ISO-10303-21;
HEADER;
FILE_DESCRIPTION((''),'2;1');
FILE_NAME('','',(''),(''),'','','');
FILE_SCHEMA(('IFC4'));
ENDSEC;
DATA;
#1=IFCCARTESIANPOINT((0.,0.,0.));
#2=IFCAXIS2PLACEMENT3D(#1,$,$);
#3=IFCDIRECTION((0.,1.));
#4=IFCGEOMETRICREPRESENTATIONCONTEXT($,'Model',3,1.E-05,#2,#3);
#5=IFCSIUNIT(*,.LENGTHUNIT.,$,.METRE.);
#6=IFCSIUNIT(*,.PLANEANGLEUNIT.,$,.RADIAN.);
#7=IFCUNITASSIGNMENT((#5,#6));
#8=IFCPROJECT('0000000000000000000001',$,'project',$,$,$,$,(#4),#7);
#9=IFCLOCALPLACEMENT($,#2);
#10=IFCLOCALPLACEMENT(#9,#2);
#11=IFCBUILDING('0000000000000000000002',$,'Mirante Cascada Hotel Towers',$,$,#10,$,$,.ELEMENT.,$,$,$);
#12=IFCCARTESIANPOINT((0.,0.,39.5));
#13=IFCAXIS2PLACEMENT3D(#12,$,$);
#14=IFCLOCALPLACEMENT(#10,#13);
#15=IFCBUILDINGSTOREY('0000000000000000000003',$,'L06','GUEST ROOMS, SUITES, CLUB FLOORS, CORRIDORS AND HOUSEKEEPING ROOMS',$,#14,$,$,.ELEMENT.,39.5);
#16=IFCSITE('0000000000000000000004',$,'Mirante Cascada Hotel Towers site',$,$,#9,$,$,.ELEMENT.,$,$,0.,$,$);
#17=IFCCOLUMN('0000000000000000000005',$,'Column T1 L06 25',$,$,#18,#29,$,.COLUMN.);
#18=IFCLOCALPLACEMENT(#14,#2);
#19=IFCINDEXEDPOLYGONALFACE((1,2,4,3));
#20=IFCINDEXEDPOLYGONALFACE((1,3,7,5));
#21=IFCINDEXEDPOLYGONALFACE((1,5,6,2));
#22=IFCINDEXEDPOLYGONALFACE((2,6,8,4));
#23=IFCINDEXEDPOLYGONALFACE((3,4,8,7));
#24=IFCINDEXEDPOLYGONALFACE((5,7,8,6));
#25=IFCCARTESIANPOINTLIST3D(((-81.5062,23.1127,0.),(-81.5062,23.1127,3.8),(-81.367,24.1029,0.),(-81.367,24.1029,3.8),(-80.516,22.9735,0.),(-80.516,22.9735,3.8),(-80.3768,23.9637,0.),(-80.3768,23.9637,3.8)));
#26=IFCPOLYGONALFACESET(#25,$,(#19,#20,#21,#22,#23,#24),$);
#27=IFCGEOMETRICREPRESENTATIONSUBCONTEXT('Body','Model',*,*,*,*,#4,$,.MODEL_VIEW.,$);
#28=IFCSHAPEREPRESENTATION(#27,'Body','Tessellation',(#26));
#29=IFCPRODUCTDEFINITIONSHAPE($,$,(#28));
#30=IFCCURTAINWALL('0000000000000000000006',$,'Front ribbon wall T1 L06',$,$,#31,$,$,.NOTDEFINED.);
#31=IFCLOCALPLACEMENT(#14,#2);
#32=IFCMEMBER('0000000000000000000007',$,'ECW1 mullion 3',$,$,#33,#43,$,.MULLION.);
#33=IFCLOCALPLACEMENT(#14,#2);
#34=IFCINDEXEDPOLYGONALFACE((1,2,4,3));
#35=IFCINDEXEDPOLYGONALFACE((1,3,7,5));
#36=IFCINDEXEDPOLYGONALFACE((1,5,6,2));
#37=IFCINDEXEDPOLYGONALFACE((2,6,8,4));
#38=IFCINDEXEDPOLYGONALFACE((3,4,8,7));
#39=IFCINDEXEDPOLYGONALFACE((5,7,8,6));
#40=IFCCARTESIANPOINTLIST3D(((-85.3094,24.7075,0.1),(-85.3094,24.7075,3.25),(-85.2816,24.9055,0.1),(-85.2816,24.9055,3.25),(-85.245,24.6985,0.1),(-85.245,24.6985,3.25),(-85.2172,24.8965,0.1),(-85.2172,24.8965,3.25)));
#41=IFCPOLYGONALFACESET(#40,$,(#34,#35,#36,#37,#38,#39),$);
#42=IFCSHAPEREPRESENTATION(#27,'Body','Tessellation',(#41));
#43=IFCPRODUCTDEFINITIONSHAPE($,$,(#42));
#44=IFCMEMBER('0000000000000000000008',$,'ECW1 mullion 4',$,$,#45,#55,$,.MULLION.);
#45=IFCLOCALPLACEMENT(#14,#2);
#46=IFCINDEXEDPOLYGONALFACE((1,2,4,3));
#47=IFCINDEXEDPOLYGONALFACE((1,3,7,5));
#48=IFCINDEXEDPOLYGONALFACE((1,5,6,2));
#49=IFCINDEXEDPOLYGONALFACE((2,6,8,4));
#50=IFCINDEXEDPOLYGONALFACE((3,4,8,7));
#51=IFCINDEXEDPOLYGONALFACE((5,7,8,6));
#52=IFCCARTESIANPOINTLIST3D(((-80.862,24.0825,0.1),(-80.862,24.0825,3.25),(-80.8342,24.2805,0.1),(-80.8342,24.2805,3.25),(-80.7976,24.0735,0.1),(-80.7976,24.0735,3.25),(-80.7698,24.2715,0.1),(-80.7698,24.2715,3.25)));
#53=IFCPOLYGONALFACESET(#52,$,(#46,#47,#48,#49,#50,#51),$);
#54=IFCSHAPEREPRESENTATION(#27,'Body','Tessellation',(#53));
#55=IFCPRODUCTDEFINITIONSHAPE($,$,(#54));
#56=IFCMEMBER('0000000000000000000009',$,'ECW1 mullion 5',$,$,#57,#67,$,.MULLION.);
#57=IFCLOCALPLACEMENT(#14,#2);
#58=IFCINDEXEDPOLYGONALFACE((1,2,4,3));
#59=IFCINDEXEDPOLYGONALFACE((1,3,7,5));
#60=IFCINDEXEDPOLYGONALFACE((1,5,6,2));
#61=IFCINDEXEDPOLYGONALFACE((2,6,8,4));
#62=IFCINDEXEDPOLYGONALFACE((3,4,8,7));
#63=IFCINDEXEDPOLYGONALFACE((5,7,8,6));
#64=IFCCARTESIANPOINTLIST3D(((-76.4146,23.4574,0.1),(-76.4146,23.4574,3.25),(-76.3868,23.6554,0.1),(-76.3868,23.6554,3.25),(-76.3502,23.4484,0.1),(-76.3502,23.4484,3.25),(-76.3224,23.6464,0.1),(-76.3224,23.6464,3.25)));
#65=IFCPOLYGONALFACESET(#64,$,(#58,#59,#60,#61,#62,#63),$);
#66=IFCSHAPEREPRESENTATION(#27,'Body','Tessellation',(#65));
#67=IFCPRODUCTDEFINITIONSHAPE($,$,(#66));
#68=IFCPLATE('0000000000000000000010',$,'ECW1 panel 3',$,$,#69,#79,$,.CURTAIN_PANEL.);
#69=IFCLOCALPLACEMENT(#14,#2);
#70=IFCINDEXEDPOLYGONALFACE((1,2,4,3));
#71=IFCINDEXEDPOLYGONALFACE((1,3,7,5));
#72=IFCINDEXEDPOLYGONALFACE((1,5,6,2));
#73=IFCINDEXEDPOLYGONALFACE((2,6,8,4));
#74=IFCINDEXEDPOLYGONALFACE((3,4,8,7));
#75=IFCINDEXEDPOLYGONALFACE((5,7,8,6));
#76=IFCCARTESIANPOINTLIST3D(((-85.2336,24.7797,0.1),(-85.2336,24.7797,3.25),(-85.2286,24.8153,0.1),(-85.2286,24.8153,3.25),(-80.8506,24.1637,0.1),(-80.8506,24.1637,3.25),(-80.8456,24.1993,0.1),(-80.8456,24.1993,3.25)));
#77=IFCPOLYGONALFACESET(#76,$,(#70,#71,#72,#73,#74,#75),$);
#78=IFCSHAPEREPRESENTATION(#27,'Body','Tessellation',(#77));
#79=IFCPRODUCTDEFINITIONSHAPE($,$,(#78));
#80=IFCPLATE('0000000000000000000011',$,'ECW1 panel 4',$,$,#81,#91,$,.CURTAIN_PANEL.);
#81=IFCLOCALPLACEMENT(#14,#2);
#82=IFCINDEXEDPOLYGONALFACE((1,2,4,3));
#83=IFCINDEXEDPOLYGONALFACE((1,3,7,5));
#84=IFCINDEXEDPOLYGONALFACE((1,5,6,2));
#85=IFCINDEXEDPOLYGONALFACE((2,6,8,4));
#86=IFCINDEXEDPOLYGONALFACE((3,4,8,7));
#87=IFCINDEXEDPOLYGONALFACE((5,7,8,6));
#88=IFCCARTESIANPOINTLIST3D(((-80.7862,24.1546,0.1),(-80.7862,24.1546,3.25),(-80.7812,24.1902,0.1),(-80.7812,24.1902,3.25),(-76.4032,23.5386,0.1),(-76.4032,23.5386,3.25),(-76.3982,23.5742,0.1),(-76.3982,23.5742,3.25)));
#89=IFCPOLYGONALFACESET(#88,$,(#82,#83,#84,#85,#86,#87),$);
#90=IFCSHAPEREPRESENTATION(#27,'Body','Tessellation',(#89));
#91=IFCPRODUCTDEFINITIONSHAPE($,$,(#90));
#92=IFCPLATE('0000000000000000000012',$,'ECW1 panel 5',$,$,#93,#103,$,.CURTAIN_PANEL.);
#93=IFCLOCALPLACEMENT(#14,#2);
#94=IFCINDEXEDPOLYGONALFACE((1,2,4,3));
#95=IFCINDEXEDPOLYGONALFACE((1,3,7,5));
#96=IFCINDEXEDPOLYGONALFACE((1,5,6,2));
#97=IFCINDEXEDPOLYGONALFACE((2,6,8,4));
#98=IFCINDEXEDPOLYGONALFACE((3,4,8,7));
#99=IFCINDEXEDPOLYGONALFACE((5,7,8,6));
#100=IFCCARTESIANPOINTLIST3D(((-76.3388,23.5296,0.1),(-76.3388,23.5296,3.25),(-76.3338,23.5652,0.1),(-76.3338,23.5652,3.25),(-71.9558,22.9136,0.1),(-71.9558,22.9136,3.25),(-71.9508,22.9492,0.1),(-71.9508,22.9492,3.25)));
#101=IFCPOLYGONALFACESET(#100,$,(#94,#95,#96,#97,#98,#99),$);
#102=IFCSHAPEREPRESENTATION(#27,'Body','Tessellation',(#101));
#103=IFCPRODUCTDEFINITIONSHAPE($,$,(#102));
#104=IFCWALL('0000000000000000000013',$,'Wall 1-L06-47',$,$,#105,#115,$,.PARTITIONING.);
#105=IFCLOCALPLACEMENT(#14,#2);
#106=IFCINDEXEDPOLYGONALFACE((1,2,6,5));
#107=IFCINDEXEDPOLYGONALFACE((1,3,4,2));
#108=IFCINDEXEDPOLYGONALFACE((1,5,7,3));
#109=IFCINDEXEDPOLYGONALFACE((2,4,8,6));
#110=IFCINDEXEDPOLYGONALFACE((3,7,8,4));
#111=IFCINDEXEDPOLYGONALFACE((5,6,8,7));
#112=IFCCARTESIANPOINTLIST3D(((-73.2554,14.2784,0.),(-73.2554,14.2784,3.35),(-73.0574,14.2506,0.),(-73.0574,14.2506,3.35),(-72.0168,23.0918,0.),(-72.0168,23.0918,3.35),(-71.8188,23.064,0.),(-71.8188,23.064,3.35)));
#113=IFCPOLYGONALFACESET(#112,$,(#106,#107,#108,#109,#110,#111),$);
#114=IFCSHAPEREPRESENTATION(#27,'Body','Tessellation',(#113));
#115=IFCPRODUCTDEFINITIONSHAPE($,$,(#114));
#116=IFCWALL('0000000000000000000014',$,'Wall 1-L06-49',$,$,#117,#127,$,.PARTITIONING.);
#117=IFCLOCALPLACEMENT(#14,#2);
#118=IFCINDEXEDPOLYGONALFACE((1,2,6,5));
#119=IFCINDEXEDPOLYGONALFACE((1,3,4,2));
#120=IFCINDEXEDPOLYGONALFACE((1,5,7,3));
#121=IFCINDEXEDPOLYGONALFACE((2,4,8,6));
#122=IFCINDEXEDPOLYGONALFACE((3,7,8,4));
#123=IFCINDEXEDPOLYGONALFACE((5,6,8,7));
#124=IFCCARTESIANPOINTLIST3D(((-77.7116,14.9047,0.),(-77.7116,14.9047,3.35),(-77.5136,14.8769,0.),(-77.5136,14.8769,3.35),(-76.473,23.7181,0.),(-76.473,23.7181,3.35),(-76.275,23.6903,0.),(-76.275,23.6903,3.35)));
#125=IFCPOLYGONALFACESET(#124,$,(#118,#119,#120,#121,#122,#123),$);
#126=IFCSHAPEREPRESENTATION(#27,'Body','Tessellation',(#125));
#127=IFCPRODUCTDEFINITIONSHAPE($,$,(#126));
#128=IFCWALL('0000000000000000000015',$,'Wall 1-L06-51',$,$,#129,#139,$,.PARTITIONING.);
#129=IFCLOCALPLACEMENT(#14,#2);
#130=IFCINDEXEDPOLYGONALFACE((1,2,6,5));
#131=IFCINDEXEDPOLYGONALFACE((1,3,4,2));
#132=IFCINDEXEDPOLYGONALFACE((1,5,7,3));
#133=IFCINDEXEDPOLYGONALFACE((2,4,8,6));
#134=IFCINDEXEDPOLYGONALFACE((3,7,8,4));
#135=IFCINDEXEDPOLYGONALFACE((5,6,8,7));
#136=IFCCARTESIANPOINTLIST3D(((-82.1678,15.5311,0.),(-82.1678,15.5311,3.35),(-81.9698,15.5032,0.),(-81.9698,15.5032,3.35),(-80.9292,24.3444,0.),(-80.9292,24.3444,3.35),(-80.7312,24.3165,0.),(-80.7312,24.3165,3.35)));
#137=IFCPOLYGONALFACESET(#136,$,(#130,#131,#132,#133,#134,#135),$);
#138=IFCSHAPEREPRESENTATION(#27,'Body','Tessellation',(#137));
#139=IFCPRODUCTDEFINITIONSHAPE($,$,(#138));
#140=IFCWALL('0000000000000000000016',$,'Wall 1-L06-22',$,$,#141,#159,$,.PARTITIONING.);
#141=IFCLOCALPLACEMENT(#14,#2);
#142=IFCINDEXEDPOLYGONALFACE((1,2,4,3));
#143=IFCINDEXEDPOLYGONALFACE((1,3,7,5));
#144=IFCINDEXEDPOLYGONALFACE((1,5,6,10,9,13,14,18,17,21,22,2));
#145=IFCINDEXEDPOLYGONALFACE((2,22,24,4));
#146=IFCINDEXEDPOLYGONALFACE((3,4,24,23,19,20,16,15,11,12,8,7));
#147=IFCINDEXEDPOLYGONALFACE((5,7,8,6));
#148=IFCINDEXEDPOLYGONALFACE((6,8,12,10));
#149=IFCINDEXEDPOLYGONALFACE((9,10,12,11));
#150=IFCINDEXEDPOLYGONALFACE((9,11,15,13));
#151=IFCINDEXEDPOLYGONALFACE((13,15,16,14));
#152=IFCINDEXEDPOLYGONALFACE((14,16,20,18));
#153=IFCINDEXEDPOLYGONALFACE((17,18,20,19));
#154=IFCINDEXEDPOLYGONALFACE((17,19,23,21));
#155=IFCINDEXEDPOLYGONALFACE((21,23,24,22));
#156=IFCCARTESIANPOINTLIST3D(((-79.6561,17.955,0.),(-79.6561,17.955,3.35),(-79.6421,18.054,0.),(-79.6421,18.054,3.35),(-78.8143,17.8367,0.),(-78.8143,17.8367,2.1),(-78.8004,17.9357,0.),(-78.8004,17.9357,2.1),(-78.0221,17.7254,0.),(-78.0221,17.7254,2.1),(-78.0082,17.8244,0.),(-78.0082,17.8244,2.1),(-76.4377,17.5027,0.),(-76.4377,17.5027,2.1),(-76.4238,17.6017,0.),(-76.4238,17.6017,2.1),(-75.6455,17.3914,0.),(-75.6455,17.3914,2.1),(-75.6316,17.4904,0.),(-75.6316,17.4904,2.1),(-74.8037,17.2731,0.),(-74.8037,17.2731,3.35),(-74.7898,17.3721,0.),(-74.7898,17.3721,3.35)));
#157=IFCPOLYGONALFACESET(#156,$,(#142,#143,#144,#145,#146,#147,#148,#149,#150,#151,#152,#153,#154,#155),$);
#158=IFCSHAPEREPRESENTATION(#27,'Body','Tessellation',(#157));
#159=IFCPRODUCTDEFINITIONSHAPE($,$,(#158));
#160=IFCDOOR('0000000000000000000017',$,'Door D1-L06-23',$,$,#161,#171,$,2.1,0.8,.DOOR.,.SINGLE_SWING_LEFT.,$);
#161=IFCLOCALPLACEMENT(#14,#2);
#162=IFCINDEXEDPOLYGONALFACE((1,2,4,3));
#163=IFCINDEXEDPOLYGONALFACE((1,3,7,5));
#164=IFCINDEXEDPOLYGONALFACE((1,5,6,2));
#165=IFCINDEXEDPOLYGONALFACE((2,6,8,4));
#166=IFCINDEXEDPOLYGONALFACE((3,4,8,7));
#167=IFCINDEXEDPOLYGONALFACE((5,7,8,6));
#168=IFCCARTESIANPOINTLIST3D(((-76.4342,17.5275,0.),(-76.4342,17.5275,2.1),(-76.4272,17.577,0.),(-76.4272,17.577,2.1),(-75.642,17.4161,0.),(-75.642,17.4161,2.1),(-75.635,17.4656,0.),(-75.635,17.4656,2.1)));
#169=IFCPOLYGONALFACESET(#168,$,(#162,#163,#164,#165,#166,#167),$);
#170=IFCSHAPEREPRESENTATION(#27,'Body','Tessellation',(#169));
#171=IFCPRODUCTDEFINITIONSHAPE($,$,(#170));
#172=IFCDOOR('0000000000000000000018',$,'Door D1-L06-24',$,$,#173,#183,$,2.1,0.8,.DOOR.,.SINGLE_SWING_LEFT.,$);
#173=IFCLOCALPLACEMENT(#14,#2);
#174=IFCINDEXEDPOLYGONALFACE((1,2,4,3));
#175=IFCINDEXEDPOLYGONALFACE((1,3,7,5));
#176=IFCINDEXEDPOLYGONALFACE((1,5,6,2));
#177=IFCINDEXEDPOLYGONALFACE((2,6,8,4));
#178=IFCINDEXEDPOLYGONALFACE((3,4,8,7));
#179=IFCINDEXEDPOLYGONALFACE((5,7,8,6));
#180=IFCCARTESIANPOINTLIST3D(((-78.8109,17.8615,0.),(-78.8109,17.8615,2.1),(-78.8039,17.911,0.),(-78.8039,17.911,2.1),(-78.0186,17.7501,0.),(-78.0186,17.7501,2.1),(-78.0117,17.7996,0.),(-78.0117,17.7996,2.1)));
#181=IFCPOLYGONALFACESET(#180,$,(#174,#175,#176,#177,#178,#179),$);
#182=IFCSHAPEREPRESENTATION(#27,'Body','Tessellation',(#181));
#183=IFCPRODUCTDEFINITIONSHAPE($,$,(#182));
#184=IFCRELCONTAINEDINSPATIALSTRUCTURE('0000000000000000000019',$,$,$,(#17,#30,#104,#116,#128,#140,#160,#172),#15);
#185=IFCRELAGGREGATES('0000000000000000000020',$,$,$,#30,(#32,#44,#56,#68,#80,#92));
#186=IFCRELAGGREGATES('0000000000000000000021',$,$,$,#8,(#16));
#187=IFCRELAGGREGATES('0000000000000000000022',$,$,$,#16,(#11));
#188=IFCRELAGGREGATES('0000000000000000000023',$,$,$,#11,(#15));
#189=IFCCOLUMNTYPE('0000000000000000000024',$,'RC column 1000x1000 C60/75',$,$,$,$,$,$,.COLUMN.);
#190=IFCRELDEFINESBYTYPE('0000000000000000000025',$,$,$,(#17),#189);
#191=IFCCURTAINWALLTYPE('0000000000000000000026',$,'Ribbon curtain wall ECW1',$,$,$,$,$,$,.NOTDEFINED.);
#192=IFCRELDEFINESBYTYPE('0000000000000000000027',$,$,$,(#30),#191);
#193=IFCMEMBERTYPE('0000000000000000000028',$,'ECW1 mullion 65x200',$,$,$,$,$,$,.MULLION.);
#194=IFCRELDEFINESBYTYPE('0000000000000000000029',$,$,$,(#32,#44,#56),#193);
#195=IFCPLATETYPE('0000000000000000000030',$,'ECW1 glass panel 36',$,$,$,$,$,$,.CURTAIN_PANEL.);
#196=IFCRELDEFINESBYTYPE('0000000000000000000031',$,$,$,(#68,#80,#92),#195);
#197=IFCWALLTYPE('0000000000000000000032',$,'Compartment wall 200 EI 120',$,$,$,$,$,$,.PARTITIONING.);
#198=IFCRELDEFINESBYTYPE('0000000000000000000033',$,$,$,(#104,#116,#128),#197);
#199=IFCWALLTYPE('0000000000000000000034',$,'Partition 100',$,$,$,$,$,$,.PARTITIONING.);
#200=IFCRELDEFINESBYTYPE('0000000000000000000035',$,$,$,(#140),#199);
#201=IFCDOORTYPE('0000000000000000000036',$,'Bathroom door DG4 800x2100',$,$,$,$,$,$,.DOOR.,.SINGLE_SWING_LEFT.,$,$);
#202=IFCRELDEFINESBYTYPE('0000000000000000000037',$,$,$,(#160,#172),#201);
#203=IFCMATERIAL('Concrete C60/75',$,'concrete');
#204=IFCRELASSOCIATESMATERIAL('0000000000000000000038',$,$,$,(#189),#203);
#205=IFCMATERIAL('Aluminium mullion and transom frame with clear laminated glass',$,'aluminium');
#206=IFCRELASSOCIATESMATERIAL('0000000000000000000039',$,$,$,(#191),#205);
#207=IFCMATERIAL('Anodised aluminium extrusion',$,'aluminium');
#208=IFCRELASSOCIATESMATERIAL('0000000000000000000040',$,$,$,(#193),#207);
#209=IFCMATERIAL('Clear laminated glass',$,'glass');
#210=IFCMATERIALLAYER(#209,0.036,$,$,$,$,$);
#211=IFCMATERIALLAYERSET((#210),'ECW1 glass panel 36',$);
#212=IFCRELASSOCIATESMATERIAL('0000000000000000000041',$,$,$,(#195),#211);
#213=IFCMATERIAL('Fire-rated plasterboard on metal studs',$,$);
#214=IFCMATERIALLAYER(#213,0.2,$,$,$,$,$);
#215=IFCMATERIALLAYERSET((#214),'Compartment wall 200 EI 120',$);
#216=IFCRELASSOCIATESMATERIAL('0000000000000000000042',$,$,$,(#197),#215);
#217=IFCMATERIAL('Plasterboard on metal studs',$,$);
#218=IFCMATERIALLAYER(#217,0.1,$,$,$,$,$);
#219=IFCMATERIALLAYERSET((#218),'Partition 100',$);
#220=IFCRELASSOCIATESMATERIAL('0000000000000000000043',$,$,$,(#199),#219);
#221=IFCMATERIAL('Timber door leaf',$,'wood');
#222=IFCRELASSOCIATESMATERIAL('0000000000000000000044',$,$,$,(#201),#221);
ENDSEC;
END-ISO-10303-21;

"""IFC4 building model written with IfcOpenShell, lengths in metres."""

from ifc_helpers import new_model, si_unit, direction, frame, frame_2d, origin, origin_2d, place, context, subcontext, project, spatial, rectangle, extrude, material, layer, layer_set, material_profile, profile_set, type_object, element, fill, aggregate, save


model = new_model("IFC4")

# Units and contexts
model_context = context("Model", 3, precision=1e-05, world=origin(), true_north=direction((0.0, 1.0)))
body_context = subcontext(model_context, "Body", "Model", "MODEL_VIEW")
ifc_project = project(units=[si_unit("LENGTHUNIT", "METRE"), si_unit("PLANEANGLEUNIT", "RADIAN")], contexts=[model_context])

# Site, building, storey
site_placement = place(None, origin())
site = spatial("IfcSite", under=ifc_project, at=site_placement, Name="Mirante Cascada Hotel Towers site", CompositionType="ELEMENT", RefElevation=0.0)
building_placement = place(site_placement, origin())
building = spatial("IfcBuilding", under=site, at=building_placement, Name="Mirante Cascada Hotel Towers", CompositionType="ELEMENT")
storey_placement = place(building_placement, frame((0.0, 0.0, 39.5)))
storey = spatial("IfcBuildingStorey", under=building, at=storey_placement, Name="L06", Description="GUEST ROOMS, SUITES, CLUB FLOORS, CORRIDORS AND HOUSEKEEPING ROOMS", CompositionType="ELEMENT", Elevation=39.5)

# Column
ifc_material_1 = material(Name="Concrete C60/75", Category="concrete")
ifc_material_profile_1 = material_profile(ifc_material_1, rectangle(XDim=1.0, YDim=1.0, at=origin_2d()), Name="RC column 1000x1000 C60/75")
ifc_profile_set_1 = profile_set([ifc_material_profile_1], Name="Concrete C60/75")
column_type = type_object("IfcColumnType", Name="RC column 1000x1000 C60/75", PredefinedType="COLUMN", material=ifc_profile_set_1)
column_placement = place(storey_placement, frame((-80.9415, 23.5382, 0.0), z_axis=(0.0, 0.0, 1.0), x_axis=(-0.990268, 0.139173, 0.0)))
element("IfcColumn", 1, at=column_placement, inside=storey, type_object=column_type, Name="Column T1 L06 25", PredefinedType="COLUMN", context=body_context, shape_type="SweptSolid", body=[
    extrude(rectangle(XDim=1.0, YDim=1.0, at=origin_2d()), origin(), (0.0, 0.0, 1.0), 3.8),
])

# Curtain wall, members, plates
ifc_material_2 = material(Name="Aluminium mullion and transom frame with clear laminated glass", Category="aluminium")
curtain_wall_type = type_object("IfcCurtainWallType", Name="Ribbon curtain wall ECW1", PredefinedType="NOTDEFINED", material=ifc_material_2)
curtain_wall_placement = place(storey_placement, origin())
curtain_wall = element("IfcCurtainWall", 2, at=curtain_wall_placement, inside=storey, type_object=curtain_wall_type, Name="Front ribbon wall T1 L06", PredefinedType="NOTDEFINED")
ifc_material_3 = material(Name="Anodised aluminium extrusion", Category="aluminium")
ifc_material_profile_2 = material_profile(ifc_material_3, rectangle(XDim=0.2, YDim=0.065, at=origin_2d()), Name="ECW1 MULLION 65x200")
ifc_profile_set_2 = profile_set([ifc_material_profile_2], Name="Anodised aluminium extrusion")
member_type = type_object("IfcMemberType", Name="ECW1 mullion 65x200", PredefinedType="MULLION", material=ifc_profile_set_2)
member_1_placement = place(storey_placement, frame((-85.2633, 24.802, 0.1), z_axis=(0.0, 0.0, 1.0), x_axis=(0.139173, 0.990268, 0.0)))
member_1 = element("IfcMember", 3, at=member_1_placement, type_object=member_type, Name="ECW1 mullion 3", PredefinedType="MULLION", context=body_context, shape_type="SweptSolid", body=[
    extrude(rectangle(XDim=0.2, YDim=0.065, at=origin_2d()), origin(), (0.0, 0.0, 1.0), 3.15),
])
member_2_placement = place(storey_placement, frame((-80.8159, 24.177, 0.1), z_axis=(0.0, 0.0, 1.0), x_axis=(0.139173, 0.990268, 0.0)))
member_2 = element("IfcMember", 4, at=member_2_placement, type_object=member_type, Name="ECW1 mullion 4", PredefinedType="MULLION", context=body_context, shape_type="SweptSolid", body=[
    extrude(rectangle(XDim=0.2, YDim=0.065, at=origin_2d()), origin(), (0.0, 0.0, 1.0), 3.15),
])
member_3_placement = place(storey_placement, frame((-76.3685, 23.5519, 0.1), z_axis=(0.0, 0.0, 1.0), x_axis=(0.139173, 0.990268, 0.0)))
member_3 = element("IfcMember", 5, at=member_3_placement, type_object=member_type, Name="ECW1 mullion 5", PredefinedType="MULLION", context=body_context, shape_type="SweptSolid", body=[
    extrude(rectangle(XDim=0.2, YDim=0.065, at=origin_2d()), origin(), (0.0, 0.0, 1.0), 3.15),
])
ifc_material_4 = material(Name="Clear laminated glass", Category="glass")
ifc_layer_1 = layer(ifc_material_4, 0.036)
ifc_layer_set_1 = layer_set([ifc_layer_1], Name="ECW1 glass panel 36")
plate_type = type_object("IfcPlateType", Name="ECW1 glass panel 36", PredefinedType="CURTAIN_PANEL", material=ifc_layer_set_1)
plate_1_placement = place(storey_placement, frame((-83.0396, 24.4895, 0.1), z_axis=(0.0, 0.0, 1.0), x_axis=(0.990268, -0.139173, 0.0)))
plate_1 = element("IfcPlate", 6, at=plate_1_placement, type_object=plate_type, Name="ECW1 panel 3", PredefinedType="CURTAIN_PANEL", context=body_context, shape_type="SweptSolid", body=[
    extrude(rectangle(XDim=4.4261, YDim=0.036, at=origin_2d()), origin(), (0.0, 0.0, 1.0), 3.15),
])
plate_2_placement = place(storey_placement, frame((-78.5922, 23.8644, 0.1), z_axis=(0.0, 0.0, 1.0), x_axis=(0.990268, -0.139173, 0.0)))
plate_2 = element("IfcPlate", 7, at=plate_2_placement, type_object=plate_type, Name="ECW1 panel 4", PredefinedType="CURTAIN_PANEL", context=body_context, shape_type="SweptSolid", body=[
    extrude(rectangle(XDim=4.4261, YDim=0.036, at=origin_2d()), origin(), (0.0, 0.0, 1.0), 3.15),
])
plate_3_placement = place(storey_placement, frame((-74.1448, 23.2394, 0.1), z_axis=(0.0, 0.0, 1.0), x_axis=(0.990268, -0.139173, 0.0)))
plate_3 = element("IfcPlate", 8, at=plate_3_placement, type_object=plate_type, Name="ECW1 panel 5", PredefinedType="CURTAIN_PANEL", context=body_context, shape_type="SweptSolid", body=[
    extrude(rectangle(XDim=4.4261, YDim=0.036, at=origin_2d()), origin(), (0.0, 0.0, 1.0), 3.15),
])
aggregate(curtain_wall, [member_1, member_2, member_3, plate_1, plate_2, plate_3])

# Walls
ifc_material_5 = material(Name="Fire-rated plasterboard on metal studs")
ifc_layer_2 = layer(ifc_material_5, 0.2)
ifc_layer_set_2 = layer_set([ifc_layer_2], Name="Compartment wall 200 EI 120")
wall_type_1 = type_object("IfcWallType", Name="Compartment wall 200 EI 120", PredefinedType="PARTITIONING", material=ifc_layer_set_2)
for number, where, z_axis, x_axis, name in (
    (9, (-73.1564, 14.2645, 0.0), (0.0, 0.0, 1.0), (0.139168, 0.990269, 0.0), "Wall 1-L06-47"),
    (10, (-77.6126, 14.8908, 0.0), (0.0, 0.0, 1.0), (0.139168, 0.990269, 0.0), "Wall 1-L06-49"),
):
    element("IfcWall", number, at=place(storey_placement, frame(where, z_axis=z_axis, x_axis=x_axis)), inside=storey, type_object=wall_type_1, Name=name, PredefinedType="PARTITIONING", context=body_context, shape_type="SweptSolid", body=[
        extrude(rectangle(XDim=8.9, YDim=0.2, at=frame_2d((4.45, 0.0))), origin(), (0.0, 0.0, 1.0), 3.35),
    ])
wall_1_placement = place(storey_placement, frame((-82.0688, 15.5171, 0.0), z_axis=(0.0, 0.0, 1.0), x_axis=(0.13917, 0.990268, 0.0)))
element("IfcWall", 11, at=wall_1_placement, inside=storey, type_object=wall_type_1, Name="Wall 1-L06-51", PredefinedType="PARTITIONING", context=body_context, shape_type="SweptSolid", body=[
    extrude(rectangle(XDim=8.8999, YDim=0.2, at=frame_2d((4.45, 0.0))), origin(), (0.0, 0.0, 1.0), 3.35),
])

# Wall, openings, doors
ifc_material_6 = material(Name="Plasterboard on metal studs")
ifc_layer_3 = layer(ifc_material_6, 0.1)
ifc_layer_set_3 = layer_set([ifc_layer_3], Name="Partition 100")
wall_type_2 = type_object("IfcWallType", Name="Partition 100", PredefinedType="PARTITIONING", material=ifc_layer_set_3)
wall_2_placement = place(storey_placement, frame((-79.6491, 18.0045, 0.0), z_axis=(0.0, 0.0, 1.0), x_axis=(0.990269, -0.139164, 0.0)))
wall_2 = element("IfcWall", 12, at=wall_2_placement, inside=storey, type_object=wall_type_2, Name="Wall 1-L06-22", PredefinedType="PARTITIONING", context=body_context, shape_type="SweptSolid", body=[
    extrude(rectangle(XDim=4.9, YDim=0.1, at=frame_2d((2.45, 0.0))), origin(), (0.0, 0.0, 1.0), 3.35),
])
opening_1_placement = place(wall_2_placement, frame((3.25, 0.0, 0.0)))
opening_1 = element("IfcOpeningElement", 13, at=opening_1_placement, cuts=wall_2, PredefinedType="OPENING", context=body_context, shape_type="SweptSolid", body=[
    extrude(rectangle(XDim=0.8, YDim=2.1, at=frame_2d((0.4, 1.05))), frame((0.0, 0.05, 0.0), z_axis=(0.0, -1.0, 0.0), x_axis=(1.0, 0.0, 0.0)), (0.0, 0.0, 1.0), 0.1),
])
opening_2_placement = place(wall_2_placement, frame((0.85, 0.0, 0.0)))
opening_2 = element("IfcOpeningElement", 14, at=opening_2_placement, cuts=wall_2, PredefinedType="OPENING", context=body_context, shape_type="SweptSolid", body=[
    extrude(rectangle(XDim=0.8, YDim=2.1, at=frame_2d((0.4, 1.05))), frame((0.0, 0.05, 0.0), z_axis=(0.0, -1.0, 0.0), x_axis=(1.0, 0.0, 0.0)), (0.0, 0.0, 1.0), 0.1),
])
ifc_material_7 = material(Name="Timber door leaf", Category="wood")
door_type = type_object("IfcDoorType", Name="Bathroom door DG4 800x2100", OperationType="SINGLE_SWING_LEFT", PredefinedType="DOOR", material=ifc_material_7)
door_1_placement = place(opening_1_placement, origin())
door_1 = element("IfcDoor", 15, at=door_1_placement, inside=storey, type_object=door_type, Name="Door D1-L06-23", OperationType="SINGLE_SWING_LEFT", OverallHeight=2.1, OverallWidth=0.8, PredefinedType="DOOR", context=body_context, shape_type="SweptSolid", body=[
    extrude(rectangle(XDim=0.8, YDim=2.1, at=frame_2d((0.4, 1.05))), frame((0.0, 0.025, 0.0), z_axis=(0.0, -1.0, 0.0), x_axis=(1.0, 0.0, 0.0)), (0.0, 0.0, 1.0), 0.05),
])
fill(opening_1, door_1)
door_2_placement = place(opening_2_placement, origin())
door_2 = element("IfcDoor", 16, at=door_2_placement, inside=storey, type_object=door_type, Name="Door D1-L06-24", OperationType="SINGLE_SWING_LEFT", OverallHeight=2.1, OverallWidth=0.8, PredefinedType="DOOR", context=body_context, shape_type="SweptSolid", body=[
    extrude(rectangle(XDim=0.8, YDim=2.1, at=frame_2d((0.4, 1.05))), frame((0.0, 0.025, 0.0), z_axis=(0.0, -1.0, 0.0), x_axis=(1.0, 0.0, 0.0)), (0.0, 0.0, 1.0), 0.05),
])
fill(opening_2, door_2)

save(model, "model.ifc")
